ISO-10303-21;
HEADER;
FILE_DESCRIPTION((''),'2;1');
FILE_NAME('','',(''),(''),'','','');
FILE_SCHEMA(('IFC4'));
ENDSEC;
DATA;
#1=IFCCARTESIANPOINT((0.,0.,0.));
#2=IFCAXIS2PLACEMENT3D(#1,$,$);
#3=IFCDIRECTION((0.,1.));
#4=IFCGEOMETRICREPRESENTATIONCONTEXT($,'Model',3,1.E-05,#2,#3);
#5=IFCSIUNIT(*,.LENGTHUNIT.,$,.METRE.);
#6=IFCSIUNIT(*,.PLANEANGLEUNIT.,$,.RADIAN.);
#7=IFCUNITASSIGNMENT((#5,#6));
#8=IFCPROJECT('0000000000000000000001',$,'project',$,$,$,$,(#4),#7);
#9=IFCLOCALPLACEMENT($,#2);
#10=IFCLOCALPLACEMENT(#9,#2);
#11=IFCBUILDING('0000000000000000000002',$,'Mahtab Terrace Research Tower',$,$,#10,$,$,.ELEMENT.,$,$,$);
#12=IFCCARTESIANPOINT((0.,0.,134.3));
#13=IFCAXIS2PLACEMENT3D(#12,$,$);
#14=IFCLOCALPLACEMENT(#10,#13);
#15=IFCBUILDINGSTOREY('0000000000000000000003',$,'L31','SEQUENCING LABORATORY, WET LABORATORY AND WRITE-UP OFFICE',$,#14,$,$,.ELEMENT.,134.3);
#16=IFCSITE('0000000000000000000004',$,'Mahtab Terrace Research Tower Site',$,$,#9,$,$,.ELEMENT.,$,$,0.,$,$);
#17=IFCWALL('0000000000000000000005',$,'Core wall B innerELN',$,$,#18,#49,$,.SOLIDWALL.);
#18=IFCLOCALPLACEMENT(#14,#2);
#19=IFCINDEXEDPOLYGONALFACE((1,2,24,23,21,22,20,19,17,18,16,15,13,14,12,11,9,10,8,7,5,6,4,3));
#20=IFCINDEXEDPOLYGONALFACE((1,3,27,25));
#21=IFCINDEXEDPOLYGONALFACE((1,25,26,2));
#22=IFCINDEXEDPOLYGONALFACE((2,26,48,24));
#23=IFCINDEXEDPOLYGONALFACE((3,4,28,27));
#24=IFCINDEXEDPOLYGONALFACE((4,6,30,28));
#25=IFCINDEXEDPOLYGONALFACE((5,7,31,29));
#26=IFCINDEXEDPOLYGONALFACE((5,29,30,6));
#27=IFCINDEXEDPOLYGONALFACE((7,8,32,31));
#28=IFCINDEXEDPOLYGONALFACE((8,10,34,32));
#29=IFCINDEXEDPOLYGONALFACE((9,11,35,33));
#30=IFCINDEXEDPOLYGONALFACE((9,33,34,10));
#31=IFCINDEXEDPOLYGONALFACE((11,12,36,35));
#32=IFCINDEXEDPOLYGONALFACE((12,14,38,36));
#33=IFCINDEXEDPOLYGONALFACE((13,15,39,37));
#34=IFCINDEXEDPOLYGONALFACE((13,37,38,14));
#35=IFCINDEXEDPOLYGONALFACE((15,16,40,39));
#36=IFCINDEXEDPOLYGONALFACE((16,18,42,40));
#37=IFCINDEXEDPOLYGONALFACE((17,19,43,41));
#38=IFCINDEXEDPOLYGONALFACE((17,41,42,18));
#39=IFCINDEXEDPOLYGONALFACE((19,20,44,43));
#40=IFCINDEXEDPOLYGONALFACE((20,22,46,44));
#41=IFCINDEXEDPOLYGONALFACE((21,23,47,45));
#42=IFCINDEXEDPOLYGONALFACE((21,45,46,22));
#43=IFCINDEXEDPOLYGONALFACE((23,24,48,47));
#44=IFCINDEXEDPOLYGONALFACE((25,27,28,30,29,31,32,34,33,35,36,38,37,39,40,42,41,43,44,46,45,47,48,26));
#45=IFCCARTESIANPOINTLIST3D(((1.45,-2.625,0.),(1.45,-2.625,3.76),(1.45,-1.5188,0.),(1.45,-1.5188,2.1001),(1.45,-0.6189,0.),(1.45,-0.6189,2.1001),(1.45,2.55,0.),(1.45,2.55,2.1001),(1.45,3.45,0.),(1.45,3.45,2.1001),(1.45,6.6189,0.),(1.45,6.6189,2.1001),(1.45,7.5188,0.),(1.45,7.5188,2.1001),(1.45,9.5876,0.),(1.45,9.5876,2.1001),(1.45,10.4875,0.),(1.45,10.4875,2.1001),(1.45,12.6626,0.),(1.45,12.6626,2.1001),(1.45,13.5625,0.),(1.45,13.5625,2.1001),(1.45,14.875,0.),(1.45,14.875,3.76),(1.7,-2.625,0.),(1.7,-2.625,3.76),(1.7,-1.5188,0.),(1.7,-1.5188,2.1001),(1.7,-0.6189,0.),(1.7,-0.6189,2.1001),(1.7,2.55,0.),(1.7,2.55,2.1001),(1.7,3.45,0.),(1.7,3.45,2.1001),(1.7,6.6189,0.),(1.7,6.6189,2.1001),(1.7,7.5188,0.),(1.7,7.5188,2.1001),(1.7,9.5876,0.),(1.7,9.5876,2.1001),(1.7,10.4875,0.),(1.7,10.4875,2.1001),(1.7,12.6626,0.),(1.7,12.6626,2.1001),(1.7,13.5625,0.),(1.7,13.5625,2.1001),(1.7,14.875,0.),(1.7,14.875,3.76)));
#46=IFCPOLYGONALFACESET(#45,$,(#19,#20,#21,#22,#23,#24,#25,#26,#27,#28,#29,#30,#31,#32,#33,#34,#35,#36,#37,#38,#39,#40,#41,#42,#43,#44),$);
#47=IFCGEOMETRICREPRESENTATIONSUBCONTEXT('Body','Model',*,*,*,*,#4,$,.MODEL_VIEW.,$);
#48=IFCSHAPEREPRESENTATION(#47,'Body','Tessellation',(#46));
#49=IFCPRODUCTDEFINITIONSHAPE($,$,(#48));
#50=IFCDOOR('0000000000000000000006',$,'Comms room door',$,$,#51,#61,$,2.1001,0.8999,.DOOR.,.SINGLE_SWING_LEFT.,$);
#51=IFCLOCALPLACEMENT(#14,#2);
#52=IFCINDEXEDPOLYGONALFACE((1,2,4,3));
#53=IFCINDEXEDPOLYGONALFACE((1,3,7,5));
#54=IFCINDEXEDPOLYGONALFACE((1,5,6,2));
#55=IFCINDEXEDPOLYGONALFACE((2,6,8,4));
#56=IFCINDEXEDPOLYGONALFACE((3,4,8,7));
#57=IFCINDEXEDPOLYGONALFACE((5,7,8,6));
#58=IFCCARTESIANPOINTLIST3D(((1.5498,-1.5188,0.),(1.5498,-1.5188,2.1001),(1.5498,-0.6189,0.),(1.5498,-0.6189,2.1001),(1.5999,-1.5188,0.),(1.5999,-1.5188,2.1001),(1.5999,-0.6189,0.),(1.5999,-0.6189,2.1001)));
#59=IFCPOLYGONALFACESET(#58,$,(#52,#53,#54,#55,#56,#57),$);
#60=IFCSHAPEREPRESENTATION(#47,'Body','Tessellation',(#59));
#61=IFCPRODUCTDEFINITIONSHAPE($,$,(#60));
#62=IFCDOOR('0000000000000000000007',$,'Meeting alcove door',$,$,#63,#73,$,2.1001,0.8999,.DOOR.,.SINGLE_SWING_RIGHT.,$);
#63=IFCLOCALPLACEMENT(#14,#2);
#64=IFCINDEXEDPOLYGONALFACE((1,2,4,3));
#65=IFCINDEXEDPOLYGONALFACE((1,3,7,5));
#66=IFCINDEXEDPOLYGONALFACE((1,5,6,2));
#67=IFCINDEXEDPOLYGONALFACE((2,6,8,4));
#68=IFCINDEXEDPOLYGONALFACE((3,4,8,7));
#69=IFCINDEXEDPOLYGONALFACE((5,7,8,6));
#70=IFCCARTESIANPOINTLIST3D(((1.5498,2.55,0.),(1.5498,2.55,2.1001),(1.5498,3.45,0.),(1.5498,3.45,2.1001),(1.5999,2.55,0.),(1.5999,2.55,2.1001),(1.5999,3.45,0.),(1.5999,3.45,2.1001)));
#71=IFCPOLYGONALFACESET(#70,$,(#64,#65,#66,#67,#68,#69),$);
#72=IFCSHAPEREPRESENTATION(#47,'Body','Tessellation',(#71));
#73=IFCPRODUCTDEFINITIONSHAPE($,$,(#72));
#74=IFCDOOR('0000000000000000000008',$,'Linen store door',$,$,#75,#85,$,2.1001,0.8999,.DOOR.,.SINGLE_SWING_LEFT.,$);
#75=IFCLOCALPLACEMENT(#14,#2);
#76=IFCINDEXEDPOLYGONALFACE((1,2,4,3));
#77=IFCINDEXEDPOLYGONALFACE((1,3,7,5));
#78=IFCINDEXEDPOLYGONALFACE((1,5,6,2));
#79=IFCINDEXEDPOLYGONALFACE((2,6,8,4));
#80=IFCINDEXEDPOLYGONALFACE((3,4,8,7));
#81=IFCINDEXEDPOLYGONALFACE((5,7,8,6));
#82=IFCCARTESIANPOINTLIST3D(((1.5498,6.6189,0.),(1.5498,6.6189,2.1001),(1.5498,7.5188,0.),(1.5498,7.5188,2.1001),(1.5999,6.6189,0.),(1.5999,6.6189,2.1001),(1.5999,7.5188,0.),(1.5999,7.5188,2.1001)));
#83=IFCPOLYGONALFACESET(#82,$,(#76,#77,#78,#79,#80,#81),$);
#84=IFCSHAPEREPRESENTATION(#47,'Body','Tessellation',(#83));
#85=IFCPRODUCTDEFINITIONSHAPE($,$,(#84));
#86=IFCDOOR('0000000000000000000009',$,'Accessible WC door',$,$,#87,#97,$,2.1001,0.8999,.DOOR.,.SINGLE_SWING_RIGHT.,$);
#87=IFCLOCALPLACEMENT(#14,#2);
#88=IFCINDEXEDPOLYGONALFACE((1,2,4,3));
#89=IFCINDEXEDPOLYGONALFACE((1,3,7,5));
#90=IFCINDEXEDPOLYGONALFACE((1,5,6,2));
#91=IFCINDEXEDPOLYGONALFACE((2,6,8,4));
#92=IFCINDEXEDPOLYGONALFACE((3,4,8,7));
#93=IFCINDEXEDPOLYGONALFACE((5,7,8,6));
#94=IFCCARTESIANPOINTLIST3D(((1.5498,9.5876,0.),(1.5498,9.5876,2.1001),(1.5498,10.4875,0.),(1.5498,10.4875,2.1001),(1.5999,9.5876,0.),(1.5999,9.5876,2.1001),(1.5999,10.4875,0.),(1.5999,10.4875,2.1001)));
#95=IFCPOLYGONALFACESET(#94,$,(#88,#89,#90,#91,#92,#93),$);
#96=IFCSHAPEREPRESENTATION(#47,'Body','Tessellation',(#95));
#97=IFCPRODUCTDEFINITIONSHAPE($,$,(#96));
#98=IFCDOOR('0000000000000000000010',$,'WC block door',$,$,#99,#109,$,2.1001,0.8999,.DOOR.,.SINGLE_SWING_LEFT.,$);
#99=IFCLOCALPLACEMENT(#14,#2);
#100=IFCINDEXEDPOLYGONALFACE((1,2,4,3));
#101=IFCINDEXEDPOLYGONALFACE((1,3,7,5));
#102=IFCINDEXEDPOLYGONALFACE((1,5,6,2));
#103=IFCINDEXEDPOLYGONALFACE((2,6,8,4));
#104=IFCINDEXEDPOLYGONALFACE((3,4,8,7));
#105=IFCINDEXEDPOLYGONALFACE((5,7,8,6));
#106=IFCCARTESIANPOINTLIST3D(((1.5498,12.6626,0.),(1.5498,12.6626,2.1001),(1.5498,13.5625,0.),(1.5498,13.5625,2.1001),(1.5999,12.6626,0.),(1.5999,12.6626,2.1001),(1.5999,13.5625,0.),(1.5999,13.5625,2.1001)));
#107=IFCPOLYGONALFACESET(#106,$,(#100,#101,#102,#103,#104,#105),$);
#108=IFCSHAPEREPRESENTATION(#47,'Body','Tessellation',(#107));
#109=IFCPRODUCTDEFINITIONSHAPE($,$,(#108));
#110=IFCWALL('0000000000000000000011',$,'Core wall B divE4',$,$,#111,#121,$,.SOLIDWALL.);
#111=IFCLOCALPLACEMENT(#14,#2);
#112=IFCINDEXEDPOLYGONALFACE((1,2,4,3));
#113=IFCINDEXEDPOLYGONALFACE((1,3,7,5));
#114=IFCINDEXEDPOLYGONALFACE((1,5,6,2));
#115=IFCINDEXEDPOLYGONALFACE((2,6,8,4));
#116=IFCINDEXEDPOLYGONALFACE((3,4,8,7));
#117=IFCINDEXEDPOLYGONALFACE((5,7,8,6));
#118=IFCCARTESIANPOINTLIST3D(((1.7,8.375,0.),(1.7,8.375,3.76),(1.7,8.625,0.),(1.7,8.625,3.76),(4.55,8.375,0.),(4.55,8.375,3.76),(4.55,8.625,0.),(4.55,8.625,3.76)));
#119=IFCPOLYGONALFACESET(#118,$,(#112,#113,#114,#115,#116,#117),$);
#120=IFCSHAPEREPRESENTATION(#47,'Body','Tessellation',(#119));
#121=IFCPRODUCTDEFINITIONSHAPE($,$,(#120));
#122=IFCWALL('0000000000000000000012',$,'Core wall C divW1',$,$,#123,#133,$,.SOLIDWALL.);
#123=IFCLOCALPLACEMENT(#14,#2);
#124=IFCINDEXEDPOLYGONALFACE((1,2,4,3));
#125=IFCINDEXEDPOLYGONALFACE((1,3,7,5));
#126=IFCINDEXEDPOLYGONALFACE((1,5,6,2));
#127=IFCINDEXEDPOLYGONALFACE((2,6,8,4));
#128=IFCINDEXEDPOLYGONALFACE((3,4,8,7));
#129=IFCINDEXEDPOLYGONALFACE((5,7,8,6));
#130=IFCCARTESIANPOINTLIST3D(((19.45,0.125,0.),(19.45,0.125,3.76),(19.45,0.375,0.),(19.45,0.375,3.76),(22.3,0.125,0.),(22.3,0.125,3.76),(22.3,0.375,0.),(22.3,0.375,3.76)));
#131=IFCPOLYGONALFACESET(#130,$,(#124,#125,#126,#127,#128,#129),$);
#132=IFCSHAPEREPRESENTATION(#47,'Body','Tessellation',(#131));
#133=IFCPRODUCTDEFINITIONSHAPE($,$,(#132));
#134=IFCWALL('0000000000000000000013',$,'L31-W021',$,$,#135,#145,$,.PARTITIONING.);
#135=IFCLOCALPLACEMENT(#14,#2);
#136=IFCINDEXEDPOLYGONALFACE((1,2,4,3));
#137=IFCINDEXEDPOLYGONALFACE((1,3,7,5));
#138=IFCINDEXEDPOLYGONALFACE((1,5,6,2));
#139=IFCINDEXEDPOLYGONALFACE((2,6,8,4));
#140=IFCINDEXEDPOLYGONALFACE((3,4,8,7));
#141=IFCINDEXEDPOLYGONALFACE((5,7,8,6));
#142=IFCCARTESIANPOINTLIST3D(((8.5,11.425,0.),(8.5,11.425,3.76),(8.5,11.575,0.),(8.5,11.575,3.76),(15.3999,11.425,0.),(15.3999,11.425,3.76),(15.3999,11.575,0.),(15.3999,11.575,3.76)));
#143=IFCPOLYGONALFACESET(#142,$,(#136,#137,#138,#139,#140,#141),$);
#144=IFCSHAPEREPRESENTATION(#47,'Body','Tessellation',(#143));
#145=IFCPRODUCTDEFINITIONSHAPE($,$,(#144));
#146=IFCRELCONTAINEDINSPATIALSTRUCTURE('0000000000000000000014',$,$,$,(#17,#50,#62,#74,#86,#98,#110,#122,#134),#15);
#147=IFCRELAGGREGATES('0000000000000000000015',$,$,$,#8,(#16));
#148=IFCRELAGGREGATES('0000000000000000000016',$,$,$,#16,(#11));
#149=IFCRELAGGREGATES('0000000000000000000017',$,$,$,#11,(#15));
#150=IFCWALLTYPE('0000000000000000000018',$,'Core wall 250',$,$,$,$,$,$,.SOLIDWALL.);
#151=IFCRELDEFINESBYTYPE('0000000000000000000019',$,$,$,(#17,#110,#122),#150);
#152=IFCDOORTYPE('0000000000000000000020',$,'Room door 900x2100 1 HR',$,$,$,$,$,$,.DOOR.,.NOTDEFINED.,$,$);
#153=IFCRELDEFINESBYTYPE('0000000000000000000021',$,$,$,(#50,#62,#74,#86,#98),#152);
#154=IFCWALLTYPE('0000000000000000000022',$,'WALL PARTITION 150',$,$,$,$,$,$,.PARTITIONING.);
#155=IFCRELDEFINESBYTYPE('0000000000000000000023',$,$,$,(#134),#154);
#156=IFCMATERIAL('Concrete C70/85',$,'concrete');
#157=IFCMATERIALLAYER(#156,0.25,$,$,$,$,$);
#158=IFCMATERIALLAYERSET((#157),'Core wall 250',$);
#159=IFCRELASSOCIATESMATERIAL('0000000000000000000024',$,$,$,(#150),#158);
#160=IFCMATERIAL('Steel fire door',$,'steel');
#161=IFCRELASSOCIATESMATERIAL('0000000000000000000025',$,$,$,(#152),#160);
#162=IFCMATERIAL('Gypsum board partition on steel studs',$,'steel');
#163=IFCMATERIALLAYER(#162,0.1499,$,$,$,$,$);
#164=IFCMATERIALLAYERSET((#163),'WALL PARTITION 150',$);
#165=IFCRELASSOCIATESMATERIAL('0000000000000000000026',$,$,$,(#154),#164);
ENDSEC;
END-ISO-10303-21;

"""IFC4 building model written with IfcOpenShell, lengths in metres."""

from ifc_helpers import new_model, si_unit, direction, frame, frame_2d, origin, place, context, subcontext, project, spatial, rectangle, extrude, material, layer, layer_set, type_object, element, fill, save


model = new_model("IFC4")

# Units and contexts
model_context = context("Model", 3, precision=1e-05, world=origin(), true_north=direction((0.0, 1.0)))
body_context = subcontext(model_context, "Body", "Model", "MODEL_VIEW")
ifc_project = project(units=[si_unit("LENGTHUNIT", "METRE"), si_unit("PLANEANGLEUNIT", "RADIAN")], contexts=[model_context])

# Site, building, storey
site_placement = place(None, origin())
site = spatial("IfcSite", under=ifc_project, at=site_placement, Name="Mahtab Terrace Research Tower Site", CompositionType="ELEMENT", RefElevation=0.0)
building_placement = place(site_placement, origin())
building = spatial("IfcBuilding", under=site, at=building_placement, Name="Mahtab Terrace Research Tower", CompositionType="ELEMENT")
storey_placement = place(building_placement, frame((0.0, 0.0, 134.3)))
storey = spatial("IfcBuildingStorey", under=building, at=storey_placement, Name="L31", Description="SEQUENCING LABORATORY, WET LABORATORY AND WRITE-UP OFFICE", CompositionType="ELEMENT", Elevation=134.3)

# Shared definitions
ifc_material_1 = material(Name="Concrete C70/85", Category="concrete")

# Wall, openings, doors
ifc_layer_1 = layer(ifc_material_1, 0.25)
ifc_layer_set_1 = layer_set([ifc_layer_1], Name="Core wall 250")
wall_type_1 = type_object("IfcWallType", Name="Core wall 250", PredefinedType="SOLIDWALL", material=ifc_layer_set_1)
wall_1_placement = place(storey_placement, frame((1.575, 14.875, 0.0), z_axis=(0.0, 0.0, 1.0), x_axis=(0.0, -1.0, 0.0)))
wall_1 = element("IfcWall", 1, at=wall_1_placement, inside=storey, type_object=wall_type_1, Name="Core wall B innerELN", PredefinedType="SOLIDWALL", context=body_context, shape_type="SweptSolid", body=[
    extrude(rectangle(XDim=17.5, YDim=0.25, at=frame_2d((8.75, 0.0))), origin(), (0.0, 0.0, 1.0), 3.76),
])
opening_1_placement = place(wall_1_placement, frame((15.4939, 0.0, 0.0)))
opening_1 = element("IfcOpeningElement", 2, at=opening_1_placement, cuts=wall_1, PredefinedType="OPENING", context=body_context, shape_type="SweptSolid", body=[
    extrude(rectangle(XDim=0.8999, YDim=2.1001, at=frame_2d((0.45, 1.05))), frame((0.0, 0.135, 0.0), z_axis=(0.0, -1.0, 0.0), x_axis=(1.0, 0.0, 0.0)), (0.0, 0.0, 1.0), 0.27),
])
opening_2_placement = place(wall_1_placement, frame((11.425, 0.0, 0.0)))
opening_2 = element("IfcOpeningElement", 3, at=opening_2_placement, cuts=wall_1, PredefinedType="OPENING", context=body_context, shape_type="SweptSolid", body=[
    extrude(rectangle(XDim=0.8999, YDim=2.1001, at=frame_2d((0.45, 1.05))), frame((0.0, 0.135, 0.0), z_axis=(0.0, -1.0, 0.0), x_axis=(1.0, 0.0, 0.0)), (0.0, 0.0, 1.0), 0.27),
])
opening_3_placement = place(wall_1_placement, frame((7.3562, 0.0, 0.0)))
opening_3 = element("IfcOpeningElement", 4, at=opening_3_placement, cuts=wall_1, PredefinedType="OPENING", context=body_context, shape_type="SweptSolid", body=[
    extrude(rectangle(XDim=0.8999, YDim=2.1001, at=frame_2d((0.45, 1.05))), frame((0.0, 0.135, 0.0), z_axis=(0.0, -1.0, 0.0), x_axis=(1.0, 0.0, 0.0)), (0.0, 0.0, 1.0), 0.27),
])
opening_4_placement = place(wall_1_placement, frame((4.3875, 0.0, 0.0)))
opening_4 = element("IfcOpeningElement", 5, at=opening_4_placement, cuts=wall_1, PredefinedType="OPENING", context=body_context, shape_type="SweptSolid", body=[
    extrude(rectangle(XDim=0.8999, YDim=2.1001, at=frame_2d((0.45, 1.05))), frame((0.0, 0.135, 0.0), z_axis=(0.0, -1.0, 0.0), x_axis=(1.0, 0.0, 0.0)), (0.0, 0.0, 1.0), 0.27),
])
opening_5_placement = place(wall_1_placement, frame((1.3125, 0.0, 0.0)))
opening_5 = element("IfcOpeningElement", 6, at=opening_5_placement, cuts=wall_1, PredefinedType="OPENING", context=body_context, shape_type="SweptSolid", body=[
    extrude(rectangle(XDim=0.8999, YDim=2.1001, at=frame_2d((0.45, 1.05))), frame((0.0, 0.135, 0.0), z_axis=(0.0, -1.0, 0.0), x_axis=(1.0, 0.0, 0.0)), (0.0, 0.0, 1.0), 0.27),
])
ifc_material_2 = material(Name="Steel fire door", Category="steel")
door_type = type_object("IfcDoorType", Name="Room door 900x2100 1 HR", OperationType="NOTDEFINED", PredefinedType="DOOR", material=ifc_material_2)
door_1_placement = place(opening_1_placement, origin())
door_1 = element("IfcDoor", 7, at=door_1_placement, inside=storey, type_object=door_type, Name="Comms room door", OperationType="SINGLE_SWING_LEFT", OverallHeight=2.1001, OverallWidth=0.8999, PredefinedType="DOOR", context=body_context, shape_type="SweptSolid", body=[
    extrude(rectangle(XDim=0.8999, YDim=2.1001, at=frame_2d((0.45, 1.05))), frame((0.0, 0.0249, 0.0), z_axis=(0.0, -1.0, 0.0), x_axis=(1.0, 0.0, 0.0)), (0.0, 0.0, 1.0), 0.05),
])
fill(opening_1, door_1)
door_2_placement = place(opening_2_placement, origin())
door_2 = element("IfcDoor", 8, at=door_2_placement, inside=storey, type_object=door_type, Name="Meeting alcove door", OperationType="SINGLE_SWING_RIGHT", OverallHeight=2.1001, OverallWidth=0.8999, PredefinedType="DOOR", context=body_context, shape_type="SweptSolid", body=[
    extrude(rectangle(XDim=0.8999, YDim=2.1001, at=frame_2d((0.45, 1.05))), frame((0.0, 0.0249, 0.0), z_axis=(0.0, -1.0, 0.0), x_axis=(1.0, 0.0, 0.0)), (0.0, 0.0, 1.0), 0.05),
])
fill(opening_2, door_2)
door_3_placement = place(opening_3_placement, origin())
door_3 = element("IfcDoor", 9, at=door_3_placement, inside=storey, type_object=door_type, Name="Linen store door", OperationType="SINGLE_SWING_LEFT", OverallHeight=2.1001, OverallWidth=0.8999, PredefinedType="DOOR", context=body_context, shape_type="SweptSolid", body=[
    extrude(rectangle(XDim=0.8999, YDim=2.1001, at=frame_2d((0.45, 1.05))), frame((0.0, 0.0249, 0.0), z_axis=(0.0, -1.0, 0.0), x_axis=(1.0, 0.0, 0.0)), (0.0, 0.0, 1.0), 0.05),
])
fill(opening_3, door_3)
door_4_placement = place(opening_4_placement, origin())
door_4 = element("IfcDoor", 10, at=door_4_placement, inside=storey, type_object=door_type, Name="Accessible WC door", OperationType="SINGLE_SWING_RIGHT", OverallHeight=2.1001, OverallWidth=0.8999, PredefinedType="DOOR", context=body_context, shape_type="SweptSolid", body=[
    extrude(rectangle(XDim=0.8999, YDim=2.1001, at=frame_2d((0.45, 1.05))), frame((0.0, 0.0249, 0.0), z_axis=(0.0, -1.0, 0.0), x_axis=(1.0, 0.0, 0.0)), (0.0, 0.0, 1.0), 0.05),
])
fill(opening_4, door_4)
door_5_placement = place(opening_5_placement, origin())
door_5 = element("IfcDoor", 11, at=door_5_placement, inside=storey, type_object=door_type, Name="WC block door", OperationType="SINGLE_SWING_LEFT", OverallHeight=2.1001, OverallWidth=0.8999, PredefinedType="DOOR", context=body_context, shape_type="SweptSolid", body=[
    extrude(rectangle(XDim=0.8999, YDim=2.1001, at=frame_2d((0.45, 1.05))), frame((0.0, 0.0249, 0.0), z_axis=(0.0, -1.0, 0.0), x_axis=(1.0, 0.0, 0.0)), (0.0, 0.0, 1.0), 0.05),
])
fill(opening_5, door_5)

# Walls
for number, where, z_axis, x_axis, name in (
    (12, (1.7, 8.5, 0.0), (0.0, 0.0, 1.0), (1.0, 0.0, 0.0), "Core wall B divE4"),
    (13, (19.45, 0.25, 0.0), (0.0, 0.0, 1.0), (1.0, 0.0, 0.0), "Core wall C divW1"),
):
    element("IfcWall", number, at=place(storey_placement, frame(where, z_axis=z_axis, x_axis=x_axis)), inside=storey, type_object=wall_type_1, Name=name, PredefinedType="SOLIDWALL", context=body_context, shape_type="SweptSolid", body=[
        extrude(rectangle(XDim=2.8501, YDim=0.25, at=frame_2d((1.425, 0.0))), origin(), (0.0, 0.0, 1.0), 3.76),
    ])
ifc_material_3 = material(Name="Gypsum board partition on steel studs", Category="steel")
ifc_layer_2 = layer(ifc_material_3, 0.1499)
ifc_layer_set_2 = layer_set([ifc_layer_2], Name="WALL PARTITION 150")
wall_type_2 = type_object("IfcWallType", Name="WALL PARTITION 150", PredefinedType="PARTITIONING", material=ifc_layer_set_2)
wall_2_placement = place(storey_placement, frame((8.5, 11.5, 0.0), z_axis=(0.0, 0.0, 1.0), x_axis=(1.0, 0.0, 0.0)))
element("IfcWall", 14, at=wall_2_placement, inside=storey, type_object=wall_type_2, Name="L31-W021", PredefinedType="PARTITIONING", context=body_context, shape_type="SweptSolid", body=[
    extrude(rectangle(XDim=6.8999, YDim=0.1499, at=frame_2d((3.45, 0.0))), origin(), (0.0, 0.0, 1.0), 3.76),
])

save(model, "model.ifc")
